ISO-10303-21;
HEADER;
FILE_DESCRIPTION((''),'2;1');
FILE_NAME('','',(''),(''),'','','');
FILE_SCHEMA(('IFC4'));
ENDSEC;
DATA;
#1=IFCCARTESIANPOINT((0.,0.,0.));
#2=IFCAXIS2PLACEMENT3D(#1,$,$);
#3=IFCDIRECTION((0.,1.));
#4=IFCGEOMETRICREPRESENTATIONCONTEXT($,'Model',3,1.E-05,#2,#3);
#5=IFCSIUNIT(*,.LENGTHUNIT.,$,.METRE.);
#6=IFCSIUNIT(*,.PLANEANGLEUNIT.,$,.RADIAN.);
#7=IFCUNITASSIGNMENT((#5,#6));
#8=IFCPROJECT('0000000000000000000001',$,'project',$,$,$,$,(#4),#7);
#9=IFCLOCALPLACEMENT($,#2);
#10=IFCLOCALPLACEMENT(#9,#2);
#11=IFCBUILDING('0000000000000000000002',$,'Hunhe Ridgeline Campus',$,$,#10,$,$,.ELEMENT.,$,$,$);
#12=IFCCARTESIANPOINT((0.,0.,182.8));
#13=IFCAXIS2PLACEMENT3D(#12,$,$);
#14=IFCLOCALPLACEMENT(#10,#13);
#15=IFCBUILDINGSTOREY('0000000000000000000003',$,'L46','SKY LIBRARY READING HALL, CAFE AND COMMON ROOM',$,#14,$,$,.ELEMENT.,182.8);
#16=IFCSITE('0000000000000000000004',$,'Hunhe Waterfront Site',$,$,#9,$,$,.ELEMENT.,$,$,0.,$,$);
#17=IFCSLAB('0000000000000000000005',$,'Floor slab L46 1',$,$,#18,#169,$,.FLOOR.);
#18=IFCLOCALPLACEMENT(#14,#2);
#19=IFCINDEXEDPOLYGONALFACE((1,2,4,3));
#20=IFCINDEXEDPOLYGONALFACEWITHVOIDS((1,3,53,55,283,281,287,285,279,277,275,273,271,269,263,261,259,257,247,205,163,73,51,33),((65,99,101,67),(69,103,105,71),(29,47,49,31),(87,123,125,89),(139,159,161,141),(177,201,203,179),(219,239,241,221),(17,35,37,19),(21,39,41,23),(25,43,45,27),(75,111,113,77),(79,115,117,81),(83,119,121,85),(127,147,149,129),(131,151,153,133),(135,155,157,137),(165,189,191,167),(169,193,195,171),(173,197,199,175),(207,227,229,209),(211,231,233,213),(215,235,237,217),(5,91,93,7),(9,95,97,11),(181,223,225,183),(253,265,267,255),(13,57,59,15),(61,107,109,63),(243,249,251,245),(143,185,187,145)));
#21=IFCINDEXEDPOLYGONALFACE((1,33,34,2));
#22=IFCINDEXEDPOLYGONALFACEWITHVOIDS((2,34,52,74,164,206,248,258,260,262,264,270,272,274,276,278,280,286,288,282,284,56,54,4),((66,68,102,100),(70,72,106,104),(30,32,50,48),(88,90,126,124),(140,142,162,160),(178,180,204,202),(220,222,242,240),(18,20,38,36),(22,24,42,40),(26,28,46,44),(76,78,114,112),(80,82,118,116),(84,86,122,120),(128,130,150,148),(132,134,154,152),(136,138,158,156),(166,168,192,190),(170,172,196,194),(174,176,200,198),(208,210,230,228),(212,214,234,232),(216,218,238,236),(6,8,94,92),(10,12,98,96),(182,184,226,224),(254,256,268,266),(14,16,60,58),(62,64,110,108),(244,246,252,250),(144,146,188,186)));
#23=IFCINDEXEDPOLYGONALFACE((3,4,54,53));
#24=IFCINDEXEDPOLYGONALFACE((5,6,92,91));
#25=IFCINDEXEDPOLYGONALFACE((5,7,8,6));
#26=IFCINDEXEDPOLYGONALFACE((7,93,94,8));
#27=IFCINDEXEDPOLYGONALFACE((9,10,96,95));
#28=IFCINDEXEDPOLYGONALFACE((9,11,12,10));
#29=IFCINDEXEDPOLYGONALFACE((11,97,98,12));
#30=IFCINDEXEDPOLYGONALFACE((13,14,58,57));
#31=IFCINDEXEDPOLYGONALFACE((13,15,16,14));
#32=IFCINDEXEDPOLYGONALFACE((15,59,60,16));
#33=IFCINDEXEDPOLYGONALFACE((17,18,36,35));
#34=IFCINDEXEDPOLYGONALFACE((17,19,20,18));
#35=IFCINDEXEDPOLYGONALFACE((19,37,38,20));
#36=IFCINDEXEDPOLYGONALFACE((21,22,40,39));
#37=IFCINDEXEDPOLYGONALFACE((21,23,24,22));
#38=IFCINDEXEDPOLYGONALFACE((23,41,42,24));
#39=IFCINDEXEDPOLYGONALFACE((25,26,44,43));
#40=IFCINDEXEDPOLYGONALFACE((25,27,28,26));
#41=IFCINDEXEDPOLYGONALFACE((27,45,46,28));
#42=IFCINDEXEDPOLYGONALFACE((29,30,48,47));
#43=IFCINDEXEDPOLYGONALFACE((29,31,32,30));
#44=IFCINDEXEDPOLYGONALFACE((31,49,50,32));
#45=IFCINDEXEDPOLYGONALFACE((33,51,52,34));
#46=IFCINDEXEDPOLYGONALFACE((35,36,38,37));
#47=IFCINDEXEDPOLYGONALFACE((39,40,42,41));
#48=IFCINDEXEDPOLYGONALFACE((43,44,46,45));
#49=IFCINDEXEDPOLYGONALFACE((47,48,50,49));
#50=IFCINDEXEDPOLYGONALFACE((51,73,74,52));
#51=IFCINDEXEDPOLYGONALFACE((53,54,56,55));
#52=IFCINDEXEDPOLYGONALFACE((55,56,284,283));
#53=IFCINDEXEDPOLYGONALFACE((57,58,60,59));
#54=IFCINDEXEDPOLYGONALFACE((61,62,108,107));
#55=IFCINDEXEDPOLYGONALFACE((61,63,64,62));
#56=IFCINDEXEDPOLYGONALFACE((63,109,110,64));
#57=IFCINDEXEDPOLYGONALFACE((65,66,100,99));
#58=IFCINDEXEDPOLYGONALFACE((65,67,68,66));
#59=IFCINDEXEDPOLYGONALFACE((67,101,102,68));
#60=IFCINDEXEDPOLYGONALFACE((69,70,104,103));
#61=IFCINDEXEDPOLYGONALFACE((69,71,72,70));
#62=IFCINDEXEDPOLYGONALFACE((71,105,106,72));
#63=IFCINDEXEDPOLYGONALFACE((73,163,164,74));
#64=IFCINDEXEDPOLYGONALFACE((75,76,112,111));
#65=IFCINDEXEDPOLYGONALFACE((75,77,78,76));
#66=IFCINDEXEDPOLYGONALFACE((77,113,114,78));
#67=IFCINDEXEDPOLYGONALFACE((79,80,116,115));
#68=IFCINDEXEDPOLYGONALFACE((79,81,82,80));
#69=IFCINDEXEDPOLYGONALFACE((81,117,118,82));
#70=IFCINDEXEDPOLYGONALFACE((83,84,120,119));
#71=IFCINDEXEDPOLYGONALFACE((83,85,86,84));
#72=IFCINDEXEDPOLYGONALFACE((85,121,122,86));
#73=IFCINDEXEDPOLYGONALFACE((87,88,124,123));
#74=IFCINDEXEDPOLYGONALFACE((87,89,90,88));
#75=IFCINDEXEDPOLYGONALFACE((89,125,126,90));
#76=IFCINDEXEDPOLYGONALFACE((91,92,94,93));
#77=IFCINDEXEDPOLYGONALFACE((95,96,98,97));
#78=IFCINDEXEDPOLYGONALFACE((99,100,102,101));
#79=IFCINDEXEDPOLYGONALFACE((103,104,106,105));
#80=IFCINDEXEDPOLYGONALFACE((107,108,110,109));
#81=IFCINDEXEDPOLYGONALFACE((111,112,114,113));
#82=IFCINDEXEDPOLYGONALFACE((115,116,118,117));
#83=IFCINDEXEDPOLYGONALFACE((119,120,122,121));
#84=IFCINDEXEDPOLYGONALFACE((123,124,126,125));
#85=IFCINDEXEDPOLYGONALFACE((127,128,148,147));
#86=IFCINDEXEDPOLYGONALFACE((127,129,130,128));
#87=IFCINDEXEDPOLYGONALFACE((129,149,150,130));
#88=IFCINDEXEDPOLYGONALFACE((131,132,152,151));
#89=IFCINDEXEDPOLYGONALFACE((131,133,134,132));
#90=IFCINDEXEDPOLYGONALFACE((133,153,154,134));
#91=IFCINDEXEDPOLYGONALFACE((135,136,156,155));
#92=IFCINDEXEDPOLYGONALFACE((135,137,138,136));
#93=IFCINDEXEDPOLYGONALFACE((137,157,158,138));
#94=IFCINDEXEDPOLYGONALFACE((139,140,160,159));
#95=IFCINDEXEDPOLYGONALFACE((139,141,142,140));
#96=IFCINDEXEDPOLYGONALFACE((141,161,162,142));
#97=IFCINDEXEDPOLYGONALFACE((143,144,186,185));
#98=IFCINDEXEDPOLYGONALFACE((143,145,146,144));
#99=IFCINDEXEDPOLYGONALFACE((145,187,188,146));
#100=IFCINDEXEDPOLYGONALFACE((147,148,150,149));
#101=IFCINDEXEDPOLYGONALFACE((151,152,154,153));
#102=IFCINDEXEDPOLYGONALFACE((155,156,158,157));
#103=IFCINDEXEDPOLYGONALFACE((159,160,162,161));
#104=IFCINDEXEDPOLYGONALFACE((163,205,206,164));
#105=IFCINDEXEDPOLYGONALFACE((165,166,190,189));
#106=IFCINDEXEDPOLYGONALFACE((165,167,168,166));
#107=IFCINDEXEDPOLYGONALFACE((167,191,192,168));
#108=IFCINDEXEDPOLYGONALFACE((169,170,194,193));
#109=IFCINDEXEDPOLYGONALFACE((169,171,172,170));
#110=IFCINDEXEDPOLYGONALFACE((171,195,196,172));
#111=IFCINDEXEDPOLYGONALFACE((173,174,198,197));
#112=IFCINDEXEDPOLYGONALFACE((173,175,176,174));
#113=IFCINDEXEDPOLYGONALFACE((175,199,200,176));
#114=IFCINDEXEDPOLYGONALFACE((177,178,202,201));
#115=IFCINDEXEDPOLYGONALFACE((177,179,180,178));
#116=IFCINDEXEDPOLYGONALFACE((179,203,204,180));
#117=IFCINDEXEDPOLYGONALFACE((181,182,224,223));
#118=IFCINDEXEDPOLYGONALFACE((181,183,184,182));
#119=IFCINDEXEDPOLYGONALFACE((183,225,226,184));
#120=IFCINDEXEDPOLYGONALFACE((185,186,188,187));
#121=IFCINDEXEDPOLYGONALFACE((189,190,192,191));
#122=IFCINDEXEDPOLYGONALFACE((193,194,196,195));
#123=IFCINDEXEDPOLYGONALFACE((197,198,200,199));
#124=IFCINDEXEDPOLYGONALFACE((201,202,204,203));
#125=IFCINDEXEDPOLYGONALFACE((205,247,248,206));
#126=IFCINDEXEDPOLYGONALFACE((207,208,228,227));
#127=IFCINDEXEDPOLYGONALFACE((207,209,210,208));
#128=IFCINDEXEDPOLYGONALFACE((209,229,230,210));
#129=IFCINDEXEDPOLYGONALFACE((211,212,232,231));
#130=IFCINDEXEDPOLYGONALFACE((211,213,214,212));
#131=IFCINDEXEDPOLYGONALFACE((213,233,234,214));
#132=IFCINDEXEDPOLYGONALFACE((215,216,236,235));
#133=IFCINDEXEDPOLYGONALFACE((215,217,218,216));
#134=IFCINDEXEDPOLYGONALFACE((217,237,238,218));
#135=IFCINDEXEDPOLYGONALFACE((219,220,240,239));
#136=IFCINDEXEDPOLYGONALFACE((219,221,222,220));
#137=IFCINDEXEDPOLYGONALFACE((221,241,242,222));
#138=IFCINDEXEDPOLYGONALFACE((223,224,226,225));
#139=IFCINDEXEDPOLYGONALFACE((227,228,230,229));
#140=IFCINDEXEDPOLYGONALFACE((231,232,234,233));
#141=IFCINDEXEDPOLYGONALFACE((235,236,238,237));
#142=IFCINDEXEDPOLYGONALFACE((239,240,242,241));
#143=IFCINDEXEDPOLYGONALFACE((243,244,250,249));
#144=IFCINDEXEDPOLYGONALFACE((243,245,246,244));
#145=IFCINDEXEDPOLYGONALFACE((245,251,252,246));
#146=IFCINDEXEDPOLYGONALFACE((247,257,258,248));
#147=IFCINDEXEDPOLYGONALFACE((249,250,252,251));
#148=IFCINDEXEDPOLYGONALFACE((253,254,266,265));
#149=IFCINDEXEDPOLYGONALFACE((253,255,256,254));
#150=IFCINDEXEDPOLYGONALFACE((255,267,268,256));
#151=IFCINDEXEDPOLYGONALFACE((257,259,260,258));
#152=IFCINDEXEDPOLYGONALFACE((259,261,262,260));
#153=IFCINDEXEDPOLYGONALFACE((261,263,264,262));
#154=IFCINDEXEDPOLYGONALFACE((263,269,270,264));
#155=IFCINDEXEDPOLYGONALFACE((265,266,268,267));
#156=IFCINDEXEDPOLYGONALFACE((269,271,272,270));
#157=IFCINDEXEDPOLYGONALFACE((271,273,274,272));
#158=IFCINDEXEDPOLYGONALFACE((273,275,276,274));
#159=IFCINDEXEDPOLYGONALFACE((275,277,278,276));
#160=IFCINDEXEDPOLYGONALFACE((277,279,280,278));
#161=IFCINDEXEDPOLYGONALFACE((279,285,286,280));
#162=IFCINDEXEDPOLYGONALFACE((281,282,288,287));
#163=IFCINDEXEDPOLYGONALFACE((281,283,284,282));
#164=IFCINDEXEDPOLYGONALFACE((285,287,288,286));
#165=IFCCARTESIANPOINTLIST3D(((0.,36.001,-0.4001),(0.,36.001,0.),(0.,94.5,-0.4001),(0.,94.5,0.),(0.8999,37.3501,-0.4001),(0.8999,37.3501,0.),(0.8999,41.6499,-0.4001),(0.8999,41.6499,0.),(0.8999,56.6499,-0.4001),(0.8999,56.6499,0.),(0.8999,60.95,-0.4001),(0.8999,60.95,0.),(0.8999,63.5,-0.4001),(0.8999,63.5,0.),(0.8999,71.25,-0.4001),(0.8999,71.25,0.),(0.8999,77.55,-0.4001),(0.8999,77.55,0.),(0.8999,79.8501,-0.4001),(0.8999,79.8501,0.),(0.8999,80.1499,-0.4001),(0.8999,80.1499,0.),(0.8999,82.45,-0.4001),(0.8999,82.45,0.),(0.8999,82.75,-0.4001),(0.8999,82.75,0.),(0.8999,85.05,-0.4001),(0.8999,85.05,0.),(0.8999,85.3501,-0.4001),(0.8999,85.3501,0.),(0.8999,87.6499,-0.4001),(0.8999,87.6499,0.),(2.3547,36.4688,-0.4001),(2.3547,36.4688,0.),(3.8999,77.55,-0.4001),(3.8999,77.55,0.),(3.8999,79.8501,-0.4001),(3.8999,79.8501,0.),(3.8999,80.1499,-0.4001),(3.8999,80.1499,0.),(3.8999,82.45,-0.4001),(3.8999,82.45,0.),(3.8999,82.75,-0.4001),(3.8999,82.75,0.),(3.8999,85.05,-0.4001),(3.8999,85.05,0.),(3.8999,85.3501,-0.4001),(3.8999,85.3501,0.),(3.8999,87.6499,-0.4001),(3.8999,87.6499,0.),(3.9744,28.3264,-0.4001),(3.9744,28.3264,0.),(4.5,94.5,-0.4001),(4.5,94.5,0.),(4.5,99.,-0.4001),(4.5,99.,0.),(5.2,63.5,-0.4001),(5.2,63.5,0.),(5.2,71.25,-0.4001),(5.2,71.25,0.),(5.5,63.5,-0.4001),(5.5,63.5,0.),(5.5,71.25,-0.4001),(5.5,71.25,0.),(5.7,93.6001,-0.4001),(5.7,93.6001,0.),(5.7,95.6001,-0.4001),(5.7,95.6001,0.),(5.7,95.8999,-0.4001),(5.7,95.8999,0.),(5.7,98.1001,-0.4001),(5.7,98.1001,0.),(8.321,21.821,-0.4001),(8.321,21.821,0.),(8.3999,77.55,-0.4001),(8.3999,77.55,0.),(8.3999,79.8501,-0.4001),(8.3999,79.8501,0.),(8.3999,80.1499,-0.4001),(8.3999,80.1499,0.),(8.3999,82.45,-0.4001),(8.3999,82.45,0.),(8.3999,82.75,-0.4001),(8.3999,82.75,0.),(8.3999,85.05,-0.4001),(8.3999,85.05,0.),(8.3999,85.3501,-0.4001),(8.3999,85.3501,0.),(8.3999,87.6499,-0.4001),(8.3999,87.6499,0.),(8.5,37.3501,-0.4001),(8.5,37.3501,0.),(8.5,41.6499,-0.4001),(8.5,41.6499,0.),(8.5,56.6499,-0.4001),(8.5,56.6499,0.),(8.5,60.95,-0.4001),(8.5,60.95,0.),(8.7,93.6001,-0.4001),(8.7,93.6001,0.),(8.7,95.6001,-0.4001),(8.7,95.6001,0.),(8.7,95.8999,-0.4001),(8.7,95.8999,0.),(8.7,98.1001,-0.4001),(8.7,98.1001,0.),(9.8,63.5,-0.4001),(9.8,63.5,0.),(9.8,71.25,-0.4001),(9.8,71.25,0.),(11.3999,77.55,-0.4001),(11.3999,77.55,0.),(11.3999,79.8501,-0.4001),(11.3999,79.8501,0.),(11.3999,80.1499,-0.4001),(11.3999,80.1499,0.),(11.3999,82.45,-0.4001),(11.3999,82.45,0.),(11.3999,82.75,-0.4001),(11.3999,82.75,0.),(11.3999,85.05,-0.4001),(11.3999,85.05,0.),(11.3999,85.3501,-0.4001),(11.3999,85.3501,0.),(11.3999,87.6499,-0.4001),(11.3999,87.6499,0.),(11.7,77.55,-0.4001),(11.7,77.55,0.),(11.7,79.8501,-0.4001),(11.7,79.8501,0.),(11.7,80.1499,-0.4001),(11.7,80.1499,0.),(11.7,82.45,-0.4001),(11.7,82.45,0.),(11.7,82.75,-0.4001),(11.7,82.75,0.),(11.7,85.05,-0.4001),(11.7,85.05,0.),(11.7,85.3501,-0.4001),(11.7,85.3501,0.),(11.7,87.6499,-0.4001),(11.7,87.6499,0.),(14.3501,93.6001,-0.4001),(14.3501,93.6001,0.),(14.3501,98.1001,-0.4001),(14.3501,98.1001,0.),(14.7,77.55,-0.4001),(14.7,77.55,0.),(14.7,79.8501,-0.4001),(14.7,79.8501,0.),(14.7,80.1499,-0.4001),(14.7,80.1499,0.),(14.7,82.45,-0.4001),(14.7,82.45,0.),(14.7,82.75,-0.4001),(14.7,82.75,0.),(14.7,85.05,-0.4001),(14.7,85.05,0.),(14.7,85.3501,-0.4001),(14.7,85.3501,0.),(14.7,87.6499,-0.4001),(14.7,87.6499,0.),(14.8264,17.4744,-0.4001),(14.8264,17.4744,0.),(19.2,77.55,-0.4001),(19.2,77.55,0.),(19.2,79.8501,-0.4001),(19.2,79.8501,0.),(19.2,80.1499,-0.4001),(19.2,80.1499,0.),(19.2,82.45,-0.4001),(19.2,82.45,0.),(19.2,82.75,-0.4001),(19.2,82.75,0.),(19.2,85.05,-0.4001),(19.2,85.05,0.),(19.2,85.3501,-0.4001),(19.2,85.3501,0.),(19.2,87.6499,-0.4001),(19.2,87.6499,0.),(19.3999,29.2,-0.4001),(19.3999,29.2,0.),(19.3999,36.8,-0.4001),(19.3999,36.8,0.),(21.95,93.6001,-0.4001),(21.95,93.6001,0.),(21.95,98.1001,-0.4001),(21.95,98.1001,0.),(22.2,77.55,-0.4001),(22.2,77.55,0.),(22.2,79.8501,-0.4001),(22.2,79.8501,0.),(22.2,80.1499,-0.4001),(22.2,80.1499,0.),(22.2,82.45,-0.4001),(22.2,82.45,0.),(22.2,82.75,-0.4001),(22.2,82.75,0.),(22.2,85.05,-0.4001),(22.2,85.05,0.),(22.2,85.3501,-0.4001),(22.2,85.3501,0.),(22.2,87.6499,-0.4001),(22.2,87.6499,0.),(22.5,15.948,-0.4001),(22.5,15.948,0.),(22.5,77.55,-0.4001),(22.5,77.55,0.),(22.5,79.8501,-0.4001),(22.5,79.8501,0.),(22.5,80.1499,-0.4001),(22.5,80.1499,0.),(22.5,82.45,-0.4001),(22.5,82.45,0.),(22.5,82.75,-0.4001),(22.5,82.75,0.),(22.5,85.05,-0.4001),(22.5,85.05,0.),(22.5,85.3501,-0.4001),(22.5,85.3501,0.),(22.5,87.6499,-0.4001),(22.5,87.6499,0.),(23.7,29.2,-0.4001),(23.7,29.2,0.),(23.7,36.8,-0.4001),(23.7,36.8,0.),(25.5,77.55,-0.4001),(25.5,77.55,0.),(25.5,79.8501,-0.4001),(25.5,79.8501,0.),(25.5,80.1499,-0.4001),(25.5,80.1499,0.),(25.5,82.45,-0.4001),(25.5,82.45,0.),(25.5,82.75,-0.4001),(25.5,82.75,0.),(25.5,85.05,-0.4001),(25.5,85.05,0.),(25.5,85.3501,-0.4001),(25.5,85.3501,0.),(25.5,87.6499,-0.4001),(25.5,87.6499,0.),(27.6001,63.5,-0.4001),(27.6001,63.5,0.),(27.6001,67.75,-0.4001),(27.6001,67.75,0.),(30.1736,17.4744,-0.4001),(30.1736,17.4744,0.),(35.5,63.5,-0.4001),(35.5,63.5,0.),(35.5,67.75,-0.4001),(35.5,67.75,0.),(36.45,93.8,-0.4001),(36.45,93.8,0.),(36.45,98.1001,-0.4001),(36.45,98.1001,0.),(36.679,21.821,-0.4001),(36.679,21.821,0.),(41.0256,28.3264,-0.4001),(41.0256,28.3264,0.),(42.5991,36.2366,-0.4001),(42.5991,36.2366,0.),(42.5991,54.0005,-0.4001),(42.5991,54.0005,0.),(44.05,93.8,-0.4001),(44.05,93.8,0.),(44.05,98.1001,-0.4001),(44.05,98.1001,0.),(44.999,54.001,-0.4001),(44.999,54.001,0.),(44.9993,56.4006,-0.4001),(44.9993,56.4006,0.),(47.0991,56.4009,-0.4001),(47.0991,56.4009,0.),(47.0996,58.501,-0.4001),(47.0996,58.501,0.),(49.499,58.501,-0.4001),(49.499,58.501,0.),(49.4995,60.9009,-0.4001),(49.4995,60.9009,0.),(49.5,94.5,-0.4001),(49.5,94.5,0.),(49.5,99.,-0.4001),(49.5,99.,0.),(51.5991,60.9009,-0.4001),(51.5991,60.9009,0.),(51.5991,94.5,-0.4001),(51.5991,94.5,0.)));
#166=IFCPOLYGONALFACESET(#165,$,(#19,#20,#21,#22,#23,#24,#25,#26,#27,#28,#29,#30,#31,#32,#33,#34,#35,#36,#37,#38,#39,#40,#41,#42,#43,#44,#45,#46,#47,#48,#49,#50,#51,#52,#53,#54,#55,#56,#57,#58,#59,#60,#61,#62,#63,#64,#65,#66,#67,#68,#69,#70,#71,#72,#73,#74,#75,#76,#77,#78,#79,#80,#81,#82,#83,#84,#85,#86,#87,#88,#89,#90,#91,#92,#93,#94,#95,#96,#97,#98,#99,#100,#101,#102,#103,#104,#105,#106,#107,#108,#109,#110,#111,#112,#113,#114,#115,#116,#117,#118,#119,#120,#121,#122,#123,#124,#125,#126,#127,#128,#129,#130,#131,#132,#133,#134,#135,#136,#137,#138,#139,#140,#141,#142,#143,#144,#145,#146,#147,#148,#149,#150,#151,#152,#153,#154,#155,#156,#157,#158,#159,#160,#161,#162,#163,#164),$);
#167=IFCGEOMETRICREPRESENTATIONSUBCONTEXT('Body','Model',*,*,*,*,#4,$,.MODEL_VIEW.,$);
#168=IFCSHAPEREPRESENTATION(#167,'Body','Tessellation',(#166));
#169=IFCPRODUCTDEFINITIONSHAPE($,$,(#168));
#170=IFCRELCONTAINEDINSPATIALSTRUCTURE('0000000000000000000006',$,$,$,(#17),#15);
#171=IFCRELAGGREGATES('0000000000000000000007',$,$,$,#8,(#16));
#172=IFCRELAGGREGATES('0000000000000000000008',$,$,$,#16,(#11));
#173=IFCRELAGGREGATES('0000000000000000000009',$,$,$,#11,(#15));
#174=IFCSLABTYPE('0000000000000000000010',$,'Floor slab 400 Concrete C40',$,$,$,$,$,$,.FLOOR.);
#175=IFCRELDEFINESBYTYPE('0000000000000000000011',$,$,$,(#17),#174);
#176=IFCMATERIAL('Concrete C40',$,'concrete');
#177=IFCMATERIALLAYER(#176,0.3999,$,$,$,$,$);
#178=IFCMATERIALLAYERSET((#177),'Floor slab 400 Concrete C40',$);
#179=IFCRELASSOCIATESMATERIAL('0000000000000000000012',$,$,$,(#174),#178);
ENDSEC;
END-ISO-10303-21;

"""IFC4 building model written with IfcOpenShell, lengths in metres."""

from ifc_helpers import new_model, si_unit, direction, frame, origin, place, context, subcontext, project, spatial, polyline, outline, extrude, material, layer, layer_set, type_object, element, save


model = new_model("IFC4")

# Units and contexts
model_context = context("Model", 3, precision=1e-05, world=origin(), true_north=direction((0.0, 1.0)))
body_context = subcontext(model_context, "Body", "Model", "MODEL_VIEW")
ifc_project = project(units=[si_unit("LENGTHUNIT", "METRE"), si_unit("PLANEANGLEUNIT", "RADIAN")], contexts=[model_context])

# Site, building, storey
site_placement = place(None, origin())
site = spatial("IfcSite", under=ifc_project, at=site_placement, Name="Hunhe Waterfront Site", CompositionType="ELEMENT", RefElevation=0.0)
building_placement = place(site_placement, origin())
building = spatial("IfcBuilding", under=site, at=building_placement, Name="Hunhe Ridgeline Campus", CompositionType="ELEMENT")
storey_placement = place(building_placement, frame((0.0, 0.0, 182.8)))
storey = spatial("IfcBuildingStorey", under=building, at=storey_placement, Name="L46", Description="SKY LIBRARY READING HALL, CAFE AND COMMON ROOM", CompositionType="ELEMENT", Elevation=182.8)

# Slab
ifc_material_1 = material(Name="Concrete C40", Category="concrete")
ifc_layer_1 = layer(ifc_material_1, 0.3999)
ifc_layer_set_1 = layer_set([ifc_layer_1], Name="Floor slab 400 Concrete C40")
slab_type_1 = type_object("IfcSlabType", Name="Floor slab 400 Concrete C40", PredefinedType="FLOOR", material=ifc_layer_set_1)
slab_1_placement = place(storey_placement, frame((0.0, 0.0, -0.4001)))
element("IfcSlab", 1, at=slab_1_placement, inside=storey, type_object=slab_type_1, Name="Floor slab L46 1", PredefinedType="FLOOR", context=body_context, shape_type="SweptSolid", body=[
    extrude(outline(polyline([(51.5991, 94.5), (49.5, 94.5), (49.5, 99.0), (4.5, 99.0), (4.5, 94.5), (0.0, 94.5), (0.0, 36.001), (2.3547, 36.4688), (3.9744, 28.3264), (8.321, 21.821), (14.8264, 17.4744), (22.5, 15.948), (30.1736, 17.4744), (36.679, 21.821), (41.0256, 28.3264), (42.5991, 36.2366), (42.5991, 54.0005), (44.999, 54.001), (44.9993, 56.4006), (47.0991, 56.4009), (47.0996, 58.501), (49.499, 58.501), (49.4995, 60.9009), (51.5991, 60.9009), (51.5991, 94.5)]), holes=[polyline([(36.45, 93.8), (44.05, 93.8), (44.05, 98.1001), (36.45, 98.1001), (36.45, 93.8)]), polyline([(35.5, 63.5), (35.5, 67.75), (27.6001, 67.75), (27.6001, 63.5), (35.5, 63.5)]), polyline([(25.5, 80.1499), (25.5, 82.45), (22.5, 82.45), (22.5, 80.1499), (25.5, 80.1499)]), polyline([(25.5, 79.8501), (22.5, 79.8501), (22.5, 77.55), (25.5, 77.55), (25.5, 79.8501)]), polyline([(22.5, 87.6499), (22.5, 85.3501), (25.5, 85.3501), (25.5, 87.6499), (22.5, 87.6499)]), polyline([(22.5, 82.75), (25.5, 82.75), (25.5, 85.05), (22.5, 85.05), (22.5, 82.75)]), polyline([(19.3999, 29.2), (23.7, 29.2), (23.7, 36.8), (19.3999, 36.8), (19.3999, 29.2)]), polyline([(22.2, 80.1499), (22.2, 82.45), (19.2, 82.45), (19.2, 80.1499), (22.2, 80.1499)]), polyline([(22.2, 79.8501), (19.2, 79.8501), (19.2, 77.55), (22.2, 77.55), (22.2, 79.8501)]), polyline([(19.2, 87.6499), (19.2, 85.3501), (22.2, 85.3501), (22.2, 87.6499), (19.2, 87.6499)]), polyline([(19.2, 82.75), (22.2, 82.75), (22.2, 85.05), (19.2, 85.05), (19.2, 82.75)]), polyline([(14.3501, 93.6001), (21.95, 93.6001), (21.95, 98.1001), (14.3501, 98.1001), (14.3501, 93.6001)]), polyline([(11.7, 87.6499), (11.7, 85.3501), (14.7, 85.3501), (14.7, 87.6499), (11.7, 87.6499)]), polyline([(14.7, 80.1499), (14.7, 82.45), (11.7, 82.45), (11.7, 80.1499), (14.7, 80.1499)]), polyline([(14.7, 79.8501), (11.7, 79.8501), (11.7, 77.55), (14.7, 77.55), (14.7, 79.8501)]), polyline([(11.7, 82.75), (14.7, 82.75), (14.7, 85.05), (11.7, 85.05), (11.7, 82.75)]), polyline([(11.3999, 80.1499), (11.3999, 82.45), (8.3999, 82.45), (8.3999, 80.1499), (11.3999, 80.1499)]), polyline([(11.3999, 79.8501), (8.3999, 79.8501), (8.3999, 77.55), (11.3999, 77.55), (11.3999, 79.8501)]), polyline([(8.3999, 87.6499), (8.3999, 85.3501), (11.3999, 85.3501), (11.3999, 87.6499), (8.3999, 87.6499)]), polyline([(8.3999, 82.75), (11.3999, 82.75), (11.3999, 85.05), (8.3999, 85.05), (8.3999, 82.75)]), polyline([(9.8, 71.25), (5.5, 71.25), (5.5, 63.5), (9.8, 63.5), (9.8, 71.25)]), polyline([(8.7, 95.8999), (8.7, 98.1001), (5.7, 98.1001), (5.7, 95.8999), (8.7, 95.8999)]), polyline([(8.7, 95.6001), (5.7, 95.6001), (5.7, 93.6001), (8.7, 93.6001), (8.7, 95.6001)]), polyline([(0.8999, 37.3501), (8.5, 37.3501), (8.5, 41.6499), (0.8999, 41.6499), (0.8999, 37.3501)]), polyline([(0.8999, 60.95), (0.8999, 56.6499), (8.5, 56.6499), (8.5, 60.95), (0.8999, 60.95)]), polyline([(0.8999, 71.25), (0.8999, 63.5), (5.2, 63.5), (5.2, 71.25), (0.8999, 71.25)]), polyline([(3.8999, 80.1499), (3.8999, 82.45), (0.8999, 82.45), (0.8999, 80.1499), (3.8999, 80.1499)]), polyline([(3.8999, 79.8501), (0.8999, 79.8501), (0.8999, 77.55), (3.8999, 77.55), (3.8999, 79.8501)]), polyline([(0.8999, 87.6499), (0.8999, 85.3501), (3.8999, 85.3501), (3.8999, 87.6499), (0.8999, 87.6499)]), polyline([(0.8999, 82.75), (3.8999, 82.75), (3.8999, 85.05), (0.8999, 85.05), (0.8999, 82.75)])]), origin(), (0.0, 0.0, 1.0), 0.4001),
])

save(model, "model.ifc")
